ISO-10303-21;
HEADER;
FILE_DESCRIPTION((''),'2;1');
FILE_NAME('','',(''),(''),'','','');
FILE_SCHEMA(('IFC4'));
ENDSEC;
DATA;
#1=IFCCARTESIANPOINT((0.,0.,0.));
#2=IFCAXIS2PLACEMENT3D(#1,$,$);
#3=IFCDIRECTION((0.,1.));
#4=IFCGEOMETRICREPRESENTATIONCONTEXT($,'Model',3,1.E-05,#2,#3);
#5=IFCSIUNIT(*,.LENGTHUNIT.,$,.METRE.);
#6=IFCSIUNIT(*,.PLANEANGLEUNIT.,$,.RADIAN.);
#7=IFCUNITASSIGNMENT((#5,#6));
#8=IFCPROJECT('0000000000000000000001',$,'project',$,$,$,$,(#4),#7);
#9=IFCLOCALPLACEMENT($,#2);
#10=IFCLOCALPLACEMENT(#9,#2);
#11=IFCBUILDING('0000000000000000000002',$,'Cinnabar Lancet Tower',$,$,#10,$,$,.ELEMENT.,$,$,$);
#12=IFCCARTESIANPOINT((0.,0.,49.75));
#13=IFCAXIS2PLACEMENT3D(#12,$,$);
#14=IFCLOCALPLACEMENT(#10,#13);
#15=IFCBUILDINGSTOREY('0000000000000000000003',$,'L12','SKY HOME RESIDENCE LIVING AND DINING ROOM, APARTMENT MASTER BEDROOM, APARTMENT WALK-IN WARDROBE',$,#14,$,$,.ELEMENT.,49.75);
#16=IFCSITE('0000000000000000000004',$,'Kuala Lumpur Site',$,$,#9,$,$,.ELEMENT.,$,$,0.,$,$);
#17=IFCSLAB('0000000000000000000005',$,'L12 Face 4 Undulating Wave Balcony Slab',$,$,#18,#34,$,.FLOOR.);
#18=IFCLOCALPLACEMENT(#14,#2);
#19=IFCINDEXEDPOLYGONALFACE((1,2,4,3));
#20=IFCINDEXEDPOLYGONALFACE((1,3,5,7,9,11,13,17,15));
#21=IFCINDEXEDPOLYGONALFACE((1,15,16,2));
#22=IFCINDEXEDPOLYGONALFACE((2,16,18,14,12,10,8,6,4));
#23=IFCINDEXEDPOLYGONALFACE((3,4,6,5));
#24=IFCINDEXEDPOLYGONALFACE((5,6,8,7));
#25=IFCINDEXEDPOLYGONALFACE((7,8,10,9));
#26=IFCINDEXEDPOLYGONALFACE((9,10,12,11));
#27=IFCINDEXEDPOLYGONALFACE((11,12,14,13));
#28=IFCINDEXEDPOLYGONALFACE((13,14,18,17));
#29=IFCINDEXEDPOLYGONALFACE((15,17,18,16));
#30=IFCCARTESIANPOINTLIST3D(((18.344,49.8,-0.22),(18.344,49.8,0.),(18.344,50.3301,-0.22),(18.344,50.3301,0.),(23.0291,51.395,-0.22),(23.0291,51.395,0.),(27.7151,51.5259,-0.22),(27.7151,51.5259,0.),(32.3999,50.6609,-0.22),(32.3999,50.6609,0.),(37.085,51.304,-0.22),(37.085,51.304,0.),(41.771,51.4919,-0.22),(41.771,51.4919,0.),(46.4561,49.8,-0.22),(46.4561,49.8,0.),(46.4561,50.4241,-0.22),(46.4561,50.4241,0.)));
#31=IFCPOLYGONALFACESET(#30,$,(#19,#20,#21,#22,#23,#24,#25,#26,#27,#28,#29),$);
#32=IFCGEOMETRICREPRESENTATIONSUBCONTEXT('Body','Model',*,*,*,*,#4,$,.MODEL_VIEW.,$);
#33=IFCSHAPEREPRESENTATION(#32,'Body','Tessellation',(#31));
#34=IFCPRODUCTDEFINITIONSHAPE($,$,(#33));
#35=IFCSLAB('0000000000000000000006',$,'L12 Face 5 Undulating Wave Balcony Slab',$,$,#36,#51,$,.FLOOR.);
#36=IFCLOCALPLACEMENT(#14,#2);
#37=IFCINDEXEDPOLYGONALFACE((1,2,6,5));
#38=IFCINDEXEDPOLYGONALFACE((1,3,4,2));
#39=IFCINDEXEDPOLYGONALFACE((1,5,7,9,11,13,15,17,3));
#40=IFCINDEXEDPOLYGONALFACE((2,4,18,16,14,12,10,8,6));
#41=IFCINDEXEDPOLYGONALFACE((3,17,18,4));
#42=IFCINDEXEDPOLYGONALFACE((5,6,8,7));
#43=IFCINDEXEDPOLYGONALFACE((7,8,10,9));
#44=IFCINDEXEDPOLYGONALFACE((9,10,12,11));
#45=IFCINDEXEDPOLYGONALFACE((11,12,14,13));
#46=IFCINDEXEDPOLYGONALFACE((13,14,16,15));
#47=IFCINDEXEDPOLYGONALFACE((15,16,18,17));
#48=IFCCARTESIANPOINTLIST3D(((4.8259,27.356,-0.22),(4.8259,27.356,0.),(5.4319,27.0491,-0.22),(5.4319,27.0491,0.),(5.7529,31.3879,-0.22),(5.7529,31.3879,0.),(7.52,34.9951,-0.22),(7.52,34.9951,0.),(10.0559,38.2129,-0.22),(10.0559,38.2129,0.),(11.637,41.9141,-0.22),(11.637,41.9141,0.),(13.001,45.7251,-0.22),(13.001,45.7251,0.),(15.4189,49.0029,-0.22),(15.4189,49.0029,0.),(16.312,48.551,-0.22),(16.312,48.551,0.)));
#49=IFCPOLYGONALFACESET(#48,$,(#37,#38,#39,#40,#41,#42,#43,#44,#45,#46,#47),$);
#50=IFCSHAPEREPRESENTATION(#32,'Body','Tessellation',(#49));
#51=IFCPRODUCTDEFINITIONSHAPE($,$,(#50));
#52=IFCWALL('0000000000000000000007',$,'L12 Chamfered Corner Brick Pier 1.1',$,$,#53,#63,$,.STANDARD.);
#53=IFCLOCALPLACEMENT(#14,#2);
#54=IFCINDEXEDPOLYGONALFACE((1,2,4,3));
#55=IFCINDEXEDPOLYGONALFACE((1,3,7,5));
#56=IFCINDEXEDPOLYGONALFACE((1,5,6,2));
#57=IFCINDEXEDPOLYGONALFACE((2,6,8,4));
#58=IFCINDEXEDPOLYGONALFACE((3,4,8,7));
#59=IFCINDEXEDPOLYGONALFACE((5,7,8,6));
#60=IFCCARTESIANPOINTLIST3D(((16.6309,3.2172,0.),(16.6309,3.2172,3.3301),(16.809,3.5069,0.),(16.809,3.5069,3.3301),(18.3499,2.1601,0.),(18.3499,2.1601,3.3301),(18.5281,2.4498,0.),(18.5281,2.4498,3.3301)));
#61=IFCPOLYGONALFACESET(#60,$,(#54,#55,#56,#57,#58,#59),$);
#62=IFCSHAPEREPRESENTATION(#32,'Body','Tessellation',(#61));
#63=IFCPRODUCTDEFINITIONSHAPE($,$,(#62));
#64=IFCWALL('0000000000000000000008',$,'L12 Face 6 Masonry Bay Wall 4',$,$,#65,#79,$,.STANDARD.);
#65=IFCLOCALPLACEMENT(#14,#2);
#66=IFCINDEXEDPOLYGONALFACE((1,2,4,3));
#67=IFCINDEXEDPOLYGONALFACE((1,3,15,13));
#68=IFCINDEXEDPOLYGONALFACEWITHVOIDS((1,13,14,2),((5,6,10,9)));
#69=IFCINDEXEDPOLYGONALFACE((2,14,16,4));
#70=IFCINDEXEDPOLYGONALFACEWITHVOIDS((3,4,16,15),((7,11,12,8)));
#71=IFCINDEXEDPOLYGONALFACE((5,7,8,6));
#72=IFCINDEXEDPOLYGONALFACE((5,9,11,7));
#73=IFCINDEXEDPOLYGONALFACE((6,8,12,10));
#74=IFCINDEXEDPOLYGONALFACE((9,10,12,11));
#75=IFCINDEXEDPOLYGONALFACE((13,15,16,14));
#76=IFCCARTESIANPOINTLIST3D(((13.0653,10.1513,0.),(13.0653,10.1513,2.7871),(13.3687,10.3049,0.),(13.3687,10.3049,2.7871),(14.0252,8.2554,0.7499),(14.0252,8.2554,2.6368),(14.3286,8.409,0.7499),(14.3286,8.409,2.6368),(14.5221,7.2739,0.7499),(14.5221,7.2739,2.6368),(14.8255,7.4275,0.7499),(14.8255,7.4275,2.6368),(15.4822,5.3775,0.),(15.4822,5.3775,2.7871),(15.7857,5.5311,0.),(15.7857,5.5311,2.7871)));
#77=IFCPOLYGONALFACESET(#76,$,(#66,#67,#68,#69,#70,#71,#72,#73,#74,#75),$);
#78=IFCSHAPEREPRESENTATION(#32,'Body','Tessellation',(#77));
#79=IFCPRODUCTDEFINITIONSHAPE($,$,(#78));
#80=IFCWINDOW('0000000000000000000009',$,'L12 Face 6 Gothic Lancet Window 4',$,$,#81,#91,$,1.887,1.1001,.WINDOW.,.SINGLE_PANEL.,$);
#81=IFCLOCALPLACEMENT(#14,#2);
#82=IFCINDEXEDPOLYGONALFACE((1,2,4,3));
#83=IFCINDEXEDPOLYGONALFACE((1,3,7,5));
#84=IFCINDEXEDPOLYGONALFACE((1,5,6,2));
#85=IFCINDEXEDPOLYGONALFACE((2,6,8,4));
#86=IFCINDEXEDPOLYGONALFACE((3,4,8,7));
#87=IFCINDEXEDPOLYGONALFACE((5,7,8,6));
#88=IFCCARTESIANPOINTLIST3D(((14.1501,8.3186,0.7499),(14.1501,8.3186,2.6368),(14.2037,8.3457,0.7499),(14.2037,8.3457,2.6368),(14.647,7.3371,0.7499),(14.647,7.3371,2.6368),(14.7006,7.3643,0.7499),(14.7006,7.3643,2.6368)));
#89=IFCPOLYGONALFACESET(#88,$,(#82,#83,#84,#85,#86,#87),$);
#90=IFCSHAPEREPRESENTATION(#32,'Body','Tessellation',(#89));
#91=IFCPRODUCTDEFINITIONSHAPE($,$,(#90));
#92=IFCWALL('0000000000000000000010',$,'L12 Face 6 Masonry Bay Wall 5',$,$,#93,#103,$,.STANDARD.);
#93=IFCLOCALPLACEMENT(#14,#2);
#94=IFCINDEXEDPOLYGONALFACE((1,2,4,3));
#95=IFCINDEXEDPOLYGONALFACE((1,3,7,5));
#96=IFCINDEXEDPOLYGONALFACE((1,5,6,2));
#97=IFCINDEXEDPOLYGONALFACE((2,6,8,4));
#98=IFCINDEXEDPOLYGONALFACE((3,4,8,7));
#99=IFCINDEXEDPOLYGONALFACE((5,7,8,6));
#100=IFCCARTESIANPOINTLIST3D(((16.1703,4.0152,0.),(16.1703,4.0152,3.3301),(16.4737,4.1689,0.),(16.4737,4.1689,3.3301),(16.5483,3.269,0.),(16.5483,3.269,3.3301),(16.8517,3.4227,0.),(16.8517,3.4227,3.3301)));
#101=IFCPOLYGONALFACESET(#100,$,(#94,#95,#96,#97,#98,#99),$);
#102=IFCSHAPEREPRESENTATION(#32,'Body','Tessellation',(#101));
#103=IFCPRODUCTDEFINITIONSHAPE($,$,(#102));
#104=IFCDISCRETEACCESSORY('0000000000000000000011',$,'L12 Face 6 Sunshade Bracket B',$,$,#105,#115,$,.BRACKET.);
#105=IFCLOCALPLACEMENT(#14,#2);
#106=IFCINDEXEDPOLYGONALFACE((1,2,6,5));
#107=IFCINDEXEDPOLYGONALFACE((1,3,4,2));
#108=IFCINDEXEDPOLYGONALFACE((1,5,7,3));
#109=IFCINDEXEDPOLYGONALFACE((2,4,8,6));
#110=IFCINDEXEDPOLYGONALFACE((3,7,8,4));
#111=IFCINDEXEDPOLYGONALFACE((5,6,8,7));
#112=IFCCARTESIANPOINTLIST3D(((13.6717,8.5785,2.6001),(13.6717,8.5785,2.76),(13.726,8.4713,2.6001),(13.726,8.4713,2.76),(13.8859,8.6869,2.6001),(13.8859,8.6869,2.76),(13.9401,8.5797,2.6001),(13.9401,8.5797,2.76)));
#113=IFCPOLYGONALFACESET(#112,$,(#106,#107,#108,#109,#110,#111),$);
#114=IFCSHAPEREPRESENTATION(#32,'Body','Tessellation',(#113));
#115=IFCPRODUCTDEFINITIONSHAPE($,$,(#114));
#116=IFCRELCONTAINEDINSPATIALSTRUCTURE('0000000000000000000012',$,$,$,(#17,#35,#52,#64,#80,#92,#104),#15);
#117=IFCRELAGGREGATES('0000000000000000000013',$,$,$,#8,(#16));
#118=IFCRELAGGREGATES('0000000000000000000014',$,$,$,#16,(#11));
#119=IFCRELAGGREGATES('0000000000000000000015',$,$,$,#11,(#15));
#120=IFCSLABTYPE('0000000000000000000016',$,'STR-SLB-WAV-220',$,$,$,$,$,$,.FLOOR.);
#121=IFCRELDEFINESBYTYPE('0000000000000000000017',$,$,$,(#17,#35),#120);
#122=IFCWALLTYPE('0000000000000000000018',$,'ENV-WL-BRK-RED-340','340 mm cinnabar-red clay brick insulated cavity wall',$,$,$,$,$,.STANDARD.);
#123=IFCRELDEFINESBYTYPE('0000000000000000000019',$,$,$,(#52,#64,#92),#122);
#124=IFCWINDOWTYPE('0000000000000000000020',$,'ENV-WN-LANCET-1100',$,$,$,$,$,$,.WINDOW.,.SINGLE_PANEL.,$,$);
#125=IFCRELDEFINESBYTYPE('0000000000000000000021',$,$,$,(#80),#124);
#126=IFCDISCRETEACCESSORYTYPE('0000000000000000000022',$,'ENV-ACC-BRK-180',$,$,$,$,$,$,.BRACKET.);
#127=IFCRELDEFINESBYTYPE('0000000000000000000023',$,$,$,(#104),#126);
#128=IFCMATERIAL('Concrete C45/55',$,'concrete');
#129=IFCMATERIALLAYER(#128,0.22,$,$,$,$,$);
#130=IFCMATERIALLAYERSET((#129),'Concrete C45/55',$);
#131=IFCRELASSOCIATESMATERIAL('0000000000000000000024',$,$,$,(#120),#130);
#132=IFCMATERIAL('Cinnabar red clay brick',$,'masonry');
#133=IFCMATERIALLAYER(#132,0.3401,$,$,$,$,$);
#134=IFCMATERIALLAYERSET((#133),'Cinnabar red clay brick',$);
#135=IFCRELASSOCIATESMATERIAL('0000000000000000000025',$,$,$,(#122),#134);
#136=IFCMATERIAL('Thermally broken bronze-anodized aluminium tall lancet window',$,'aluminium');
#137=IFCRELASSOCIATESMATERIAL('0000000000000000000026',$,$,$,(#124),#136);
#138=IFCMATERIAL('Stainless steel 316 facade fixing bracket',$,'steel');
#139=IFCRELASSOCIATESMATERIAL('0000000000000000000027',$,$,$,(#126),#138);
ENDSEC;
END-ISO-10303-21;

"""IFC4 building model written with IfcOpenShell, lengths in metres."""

from ifc_helpers import new_model, si_unit, direction, frame, frame_2d, origin, origin_2d, place, context, subcontext, project, spatial, polyline, rectangle, outline, extrude, material, layer, layer_set, type_object, element, fill, save


model = new_model("IFC4")

# Units and contexts
model_context = context("Model", 3, precision=1e-05, world=origin(), true_north=direction((0.0, 1.0)))
body_context = subcontext(model_context, "Body", "Model", "MODEL_VIEW")
ifc_project = project(units=[si_unit("LENGTHUNIT", "METRE"), si_unit("PLANEANGLEUNIT", "RADIAN")], contexts=[model_context])

# Site, building, storey
site_placement = place(None, origin())
site = spatial("IfcSite", under=ifc_project, at=site_placement, Name="Kuala Lumpur Site", CompositionType="ELEMENT", RefElevation=0.0)
building_placement = place(site_placement, origin())
building = spatial("IfcBuilding", under=site, at=building_placement, Name="Cinnabar Lancet Tower", CompositionType="ELEMENT")
storey_placement = place(building_placement, frame((0.0, 0.0, 49.75)))
storey = spatial("IfcBuildingStorey", under=building, at=storey_placement, Name="L12", Description="SKY HOME RESIDENCE LIVING AND DINING ROOM, APARTMENT MASTER BEDROOM, APARTMENT WALK-IN WARDROBE", CompositionType="ELEMENT", Elevation=49.75)

# Slabs
ifc_material_1 = material(Name="Concrete C45/55", Category="concrete")
ifc_layer_1 = layer(ifc_material_1, 0.22)
ifc_layer_set_1 = layer_set([ifc_layer_1], Name="Concrete C45/55")
slab_type_1 = type_object("IfcSlabType", Name="STR-SLB-WAV-220", PredefinedType="FLOOR", material=ifc_layer_set_1)
slab_1_placement = place(storey_placement, frame((0.0, 0.0, -0.22)))
element("IfcSlab", 1, at=slab_1_placement, inside=storey, type_object=slab_type_1, Name="L12 Face 4 Undulating Wave Balcony Slab", PredefinedType="FLOOR", context=body_context, shape_type="SweptSolid", body=[
    extrude(outline(polyline([(46.4561, 49.8), (46.4561, 50.4241), (41.771, 51.4919), (37.085, 51.304), (32.3999, 50.6609), (27.7151, 51.5259), (23.0291, 51.395), (18.344, 50.3301), (18.344, 49.8), (46.4561, 49.8)])), origin(), (0.0, 0.0, 1.0), 0.22),
])
slab_2_placement = place(storey_placement, frame((0.0, 0.0, -0.22)))
element("IfcSlab", 2, at=slab_2_placement, inside=storey, type_object=slab_type_1, Name="L12 Face 5 Undulating Wave Balcony Slab", PredefinedType="FLOOR", context=body_context, shape_type="SweptSolid", body=[
    extrude(outline(polyline([(16.312, 48.551), (15.4189, 49.0029), (13.001, 45.7251), (11.637, 41.9141), (10.0559, 38.2129), (7.52, 34.9951), (5.7529, 31.3879), (4.8259, 27.356), (5.4319, 27.0491), (16.312, 48.551)])), origin(), (0.0, 0.0, 1.0), 0.22),
])

# Wall
ifc_material_2 = material(Name="Cinnabar red clay brick", Category="masonry")
ifc_layer_2 = layer(ifc_material_2, 0.3401)
ifc_layer_set_2 = layer_set([ifc_layer_2], Name="Cinnabar red clay brick")
wall_type = type_object("IfcWallType", Name="ENV-WL-BRK-RED-340", Description="340 mm cinnabar-red clay brick insulated cavity wall", PredefinedType="STANDARD", material=ifc_layer_set_2)
wall_1_placement = place(storey_placement, frame((16.72, 3.3621, 0.0), z_axis=(0.0, 0.0, 1.0), x_axis=(0.851816, -0.523841, 0.0)))
element("IfcWall", 3, at=wall_1_placement, inside=storey, type_object=wall_type, Name="L12 Chamfered Corner Brick Pier 1.1", PredefinedType="STANDARD", context=body_context, shape_type="SweptSolid", body=[
    extrude(rectangle(XDim=2.0181, YDim=0.3401, at=frame_2d((1.009, 0.0))), origin(), (0.0, 0.0, 1.0), 3.3301),
])

# Wall, opening, window
wall_2_placement = place(storey_placement, frame((13.217, 10.228, 0.0), z_axis=(0.0, 0.0, 1.0), x_axis=(0.451698, -0.892171, 0.0)))
wall_2 = element("IfcWall", 4, at=wall_2_placement, inside=storey, type_object=wall_type, Name="L12 Face 6 Masonry Bay Wall 4", PredefinedType="STANDARD", context=body_context, shape_type="SweptSolid", body=[
    extrude(rectangle(XDim=5.3508, YDim=0.3401, at=frame_2d((2.6753, 0.0))), origin(), (0.0, 0.0, 1.0), 2.7871),
])
opening_placement = place(wall_2_placement, frame((2.125, 0.0, 0.75)))
opening = element("IfcOpeningElement", 5, at=opening_placement, cuts=wall_2, PredefinedType="OPENING", context=body_context, shape_type="SweptSolid", body=[
    extrude(rectangle(XDim=1.1001, YDim=1.887, at=frame_2d((0.55, 0.9434))), frame((0.0, 0.1799, 0.0), z_axis=(0.0, -1.0, 0.0), x_axis=(1.0, 0.0, 0.0)), (0.0, 0.0, 1.0), 0.3601),
])
ifc_material_3 = material(Name="Thermally broken bronze-anodized aluminium tall lancet window", Category="aluminium")
window_type = type_object("IfcWindowType", Name="ENV-WN-LANCET-1100", PartitioningType="SINGLE_PANEL", PredefinedType="WINDOW", material=ifc_material_3)
window_placement = place(opening_placement, origin())
window = element("IfcWindow", 6, at=window_placement, inside=storey, type_object=window_type, Name="L12 Face 6 Gothic Lancet Window 4", OverallHeight=1.887, OverallWidth=1.1001, PartitioningType="SINGLE_PANEL", PredefinedType="WINDOW", context=body_context, shape_type="SweptSolid", body=[
    extrude(rectangle(XDim=1.1001, YDim=1.887, at=frame_2d((0.55, 0.9434))), frame((0.0, 0.03, 0.0), z_axis=(0.0, -1.0, 0.0), x_axis=(1.0, 0.0, 0.0)), (0.0, 0.0, 1.0), 0.0601),
])
fill(opening, window)

# Wall
wall_3_placement = place(storey_placement, frame((16.322, 4.092, 0.0), z_axis=(0.0, 0.0, 1.0), x_axis=(0.451878, -0.89208, 0.0)))
element("IfcWall", 7, at=wall_3_placement, inside=storey, type_object=wall_type, Name="L12 Face 6 Masonry Bay Wall 5", PredefinedType="STANDARD", context=body_context, shape_type="SweptSolid", body=[
    extrude(rectangle(XDim=0.8364, YDim=0.3401, at=frame_2d((0.4182, 0.0))), origin(), (0.0, 0.0, 1.0), 3.3301),
])

# Discrete accessory
ifc_material_4 = material(Name="Stainless steel 316 facade fixing bracket", Category="steel")
discrete_accessory_type = type_object("IfcDiscreteAccessoryType", Name="ENV-ACC-BRK-180", PredefinedType="BRACKET", material=ifc_material_4)
discrete_accessory_placement = place(storey_placement, frame((13.8059, 8.5791, 2.6001), z_axis=(0.0, 0.0, 1.0), x_axis=(0.451501, -0.892271, 0.0)))
element("IfcDiscreteAccessory", 8, at=discrete_accessory_placement, inside=storey, type_object=discrete_accessory_type, Name="L12 Face 6 Sunshade Bracket B", PredefinedType="BRACKET", context=body_context, shape_type="SweptSolid", body=[
    extrude(rectangle(XDim=0.1201, YDim=0.24, at=origin_2d()), origin(), (0.0, 0.0, 1.0), 0.1599),
])

save(model, "model.ifc")
